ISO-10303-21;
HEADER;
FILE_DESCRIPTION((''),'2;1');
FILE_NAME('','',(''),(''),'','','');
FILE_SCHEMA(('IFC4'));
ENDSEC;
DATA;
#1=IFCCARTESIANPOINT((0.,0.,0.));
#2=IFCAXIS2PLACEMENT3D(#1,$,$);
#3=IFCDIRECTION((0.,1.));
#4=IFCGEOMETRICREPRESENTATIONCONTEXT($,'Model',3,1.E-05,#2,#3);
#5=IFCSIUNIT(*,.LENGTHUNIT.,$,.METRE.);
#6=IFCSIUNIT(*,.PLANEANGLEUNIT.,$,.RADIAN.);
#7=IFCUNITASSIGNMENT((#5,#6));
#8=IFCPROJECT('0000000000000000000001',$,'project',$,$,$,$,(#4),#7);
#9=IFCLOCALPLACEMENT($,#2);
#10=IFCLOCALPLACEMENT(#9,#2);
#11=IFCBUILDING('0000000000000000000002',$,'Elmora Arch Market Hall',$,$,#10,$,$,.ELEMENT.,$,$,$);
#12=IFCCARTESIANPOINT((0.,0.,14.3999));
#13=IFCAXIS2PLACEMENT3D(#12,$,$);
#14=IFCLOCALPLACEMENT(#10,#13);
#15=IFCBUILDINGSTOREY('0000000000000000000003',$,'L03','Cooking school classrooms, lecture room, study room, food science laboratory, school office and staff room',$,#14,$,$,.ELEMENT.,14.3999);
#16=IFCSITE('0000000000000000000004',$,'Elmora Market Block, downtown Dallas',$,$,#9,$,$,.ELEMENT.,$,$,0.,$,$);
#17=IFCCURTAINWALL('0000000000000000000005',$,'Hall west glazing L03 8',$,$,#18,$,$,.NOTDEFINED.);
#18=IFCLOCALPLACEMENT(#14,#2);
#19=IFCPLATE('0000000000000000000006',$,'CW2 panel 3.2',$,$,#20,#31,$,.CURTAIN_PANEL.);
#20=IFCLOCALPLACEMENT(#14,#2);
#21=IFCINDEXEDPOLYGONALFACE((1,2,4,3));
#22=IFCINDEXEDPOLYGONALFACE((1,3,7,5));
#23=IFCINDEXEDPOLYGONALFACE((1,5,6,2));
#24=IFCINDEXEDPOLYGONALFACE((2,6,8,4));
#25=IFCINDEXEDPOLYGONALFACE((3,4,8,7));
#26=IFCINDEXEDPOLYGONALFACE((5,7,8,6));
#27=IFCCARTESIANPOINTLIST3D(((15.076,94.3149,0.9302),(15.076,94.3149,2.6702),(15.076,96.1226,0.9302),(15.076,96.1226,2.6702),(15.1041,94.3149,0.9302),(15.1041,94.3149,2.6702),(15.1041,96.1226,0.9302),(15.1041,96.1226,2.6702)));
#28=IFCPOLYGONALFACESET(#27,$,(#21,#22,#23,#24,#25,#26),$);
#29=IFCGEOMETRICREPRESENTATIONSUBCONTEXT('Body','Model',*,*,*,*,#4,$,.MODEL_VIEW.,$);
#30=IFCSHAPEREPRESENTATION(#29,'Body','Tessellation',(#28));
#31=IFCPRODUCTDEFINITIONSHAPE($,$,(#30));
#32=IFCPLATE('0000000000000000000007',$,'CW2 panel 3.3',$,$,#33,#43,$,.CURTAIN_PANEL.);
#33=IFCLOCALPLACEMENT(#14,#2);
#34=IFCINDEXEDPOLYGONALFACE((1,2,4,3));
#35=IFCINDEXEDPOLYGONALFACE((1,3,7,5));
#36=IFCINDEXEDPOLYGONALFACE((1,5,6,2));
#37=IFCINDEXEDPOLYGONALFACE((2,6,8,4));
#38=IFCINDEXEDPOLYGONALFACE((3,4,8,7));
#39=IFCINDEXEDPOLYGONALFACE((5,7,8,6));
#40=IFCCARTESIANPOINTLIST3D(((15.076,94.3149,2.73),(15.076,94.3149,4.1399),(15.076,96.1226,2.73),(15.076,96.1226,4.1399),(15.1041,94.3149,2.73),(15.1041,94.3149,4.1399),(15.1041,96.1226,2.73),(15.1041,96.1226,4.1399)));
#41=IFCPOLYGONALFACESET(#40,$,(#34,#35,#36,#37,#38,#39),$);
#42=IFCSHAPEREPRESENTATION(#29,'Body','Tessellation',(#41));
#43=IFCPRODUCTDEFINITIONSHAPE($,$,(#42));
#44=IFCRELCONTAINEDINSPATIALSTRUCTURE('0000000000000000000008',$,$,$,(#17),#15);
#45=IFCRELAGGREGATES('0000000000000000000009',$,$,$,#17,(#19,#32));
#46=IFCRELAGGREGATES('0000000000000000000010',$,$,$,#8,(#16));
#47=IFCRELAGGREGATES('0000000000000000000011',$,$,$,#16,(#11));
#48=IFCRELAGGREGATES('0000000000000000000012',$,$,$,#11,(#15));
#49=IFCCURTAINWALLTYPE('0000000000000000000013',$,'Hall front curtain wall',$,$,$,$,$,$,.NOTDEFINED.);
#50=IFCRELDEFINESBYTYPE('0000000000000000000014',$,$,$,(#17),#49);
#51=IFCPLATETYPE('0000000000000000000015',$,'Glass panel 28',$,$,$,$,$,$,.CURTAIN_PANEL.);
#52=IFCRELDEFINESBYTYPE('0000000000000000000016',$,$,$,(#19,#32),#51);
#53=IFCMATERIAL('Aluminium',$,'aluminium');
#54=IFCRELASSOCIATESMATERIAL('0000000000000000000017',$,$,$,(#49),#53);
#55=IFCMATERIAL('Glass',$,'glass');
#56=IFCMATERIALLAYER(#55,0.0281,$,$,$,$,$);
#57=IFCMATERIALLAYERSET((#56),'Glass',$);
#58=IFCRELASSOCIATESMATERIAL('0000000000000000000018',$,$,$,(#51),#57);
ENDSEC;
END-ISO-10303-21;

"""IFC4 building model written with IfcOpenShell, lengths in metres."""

from ifc_helpers import new_model, si_unit, direction, frame, origin, origin_2d, place, context, subcontext, project, spatial, rectangle, extrude, material, layer, layer_set, type_object, element, aggregate, save


model = new_model("IFC4")

# Units and contexts
model_context = context("Model", 3, precision=1e-05, world=origin(), true_north=direction((0.0, 1.0)))
body_context = subcontext(model_context, "Body", "Model", "MODEL_VIEW")
ifc_project = project(units=[si_unit("LENGTHUNIT", "METRE"), si_unit("PLANEANGLEUNIT", "RADIAN")], contexts=[model_context])

# Site, building, storey
site_placement = place(None, origin())
site = spatial("IfcSite", under=ifc_project, at=site_placement, Name="Elmora Market Block, downtown Dallas", CompositionType="ELEMENT", RefElevation=0.0)
building_placement = place(site_placement, origin())
building = spatial("IfcBuilding", under=site, at=building_placement, Name="Elmora Arch Market Hall", CompositionType="ELEMENT")
storey_placement = place(building_placement, frame((0.0, 0.0, 14.3999)))
storey = spatial("IfcBuildingStorey", under=building, at=storey_placement, Name="L03", Description="Cooking school classrooms, lecture room, study room, food science laboratory, school office and staff room", CompositionType="ELEMENT", Elevation=14.3999)

# Shared definitions
ifc_material_1 = material(Name="Aluminium", Category="aluminium")
curtain_wall_type = type_object("IfcCurtainWallType", Name="Hall front curtain wall", PredefinedType="NOTDEFINED", material=ifc_material_1)

# Curtain wall, plates
curtain_wall_1_placement = place(storey_placement, origin())
curtain_wall_1 = element("IfcCurtainWall", 1, at=curtain_wall_1_placement, inside=storey, type_object=curtain_wall_type, Name="Hall west glazing L03 8", PredefinedType="NOTDEFINED")
ifc_material_2 = material(Name="Glass", Category="glass")
ifc_layer = layer(ifc_material_2, 0.0281)
ifc_layer_set = layer_set([ifc_layer], Name="Glass")
plate_type = type_object("IfcPlateType", Name="Glass panel 28", PredefinedType="CURTAIN_PANEL", material=ifc_layer_set)
plate_1_placement = place(storey_placement, frame((15.0901, 95.2188, 0.9302), z_axis=(0.0, 0.0, 1.0), x_axis=(0.0, 1.0, 0.0)))
plate_1 = element("IfcPlate", 2, at=plate_1_placement, type_object=plate_type, Name="CW2 panel 3.2", PredefinedType="CURTAIN_PANEL", context=body_context, shape_type="SweptSolid", body=[
    extrude(rectangle(XDim=1.8076, YDim=0.0281, at=origin_2d()), origin(), (0.0, 0.0, 1.0), 1.74),
])
plate_2_placement = place(storey_placement, frame((15.0901, 95.2188, 2.73), z_axis=(0.0, 0.0, 1.0), x_axis=(0.0, 1.0, 0.0)))
plate_2 = element("IfcPlate", 3, at=plate_2_placement, type_object=plate_type, Name="CW2 panel 3.3", PredefinedType="CURTAIN_PANEL", context=body_context, shape_type="SweptSolid", body=[
    extrude(rectangle(XDim=1.8076, YDim=0.0281, at=origin_2d()), origin(), (0.0, 0.0, 1.0), 1.4099),
])
aggregate(curtain_wall_1, [plate_1, plate_2])

save(model, "model.ifc")
